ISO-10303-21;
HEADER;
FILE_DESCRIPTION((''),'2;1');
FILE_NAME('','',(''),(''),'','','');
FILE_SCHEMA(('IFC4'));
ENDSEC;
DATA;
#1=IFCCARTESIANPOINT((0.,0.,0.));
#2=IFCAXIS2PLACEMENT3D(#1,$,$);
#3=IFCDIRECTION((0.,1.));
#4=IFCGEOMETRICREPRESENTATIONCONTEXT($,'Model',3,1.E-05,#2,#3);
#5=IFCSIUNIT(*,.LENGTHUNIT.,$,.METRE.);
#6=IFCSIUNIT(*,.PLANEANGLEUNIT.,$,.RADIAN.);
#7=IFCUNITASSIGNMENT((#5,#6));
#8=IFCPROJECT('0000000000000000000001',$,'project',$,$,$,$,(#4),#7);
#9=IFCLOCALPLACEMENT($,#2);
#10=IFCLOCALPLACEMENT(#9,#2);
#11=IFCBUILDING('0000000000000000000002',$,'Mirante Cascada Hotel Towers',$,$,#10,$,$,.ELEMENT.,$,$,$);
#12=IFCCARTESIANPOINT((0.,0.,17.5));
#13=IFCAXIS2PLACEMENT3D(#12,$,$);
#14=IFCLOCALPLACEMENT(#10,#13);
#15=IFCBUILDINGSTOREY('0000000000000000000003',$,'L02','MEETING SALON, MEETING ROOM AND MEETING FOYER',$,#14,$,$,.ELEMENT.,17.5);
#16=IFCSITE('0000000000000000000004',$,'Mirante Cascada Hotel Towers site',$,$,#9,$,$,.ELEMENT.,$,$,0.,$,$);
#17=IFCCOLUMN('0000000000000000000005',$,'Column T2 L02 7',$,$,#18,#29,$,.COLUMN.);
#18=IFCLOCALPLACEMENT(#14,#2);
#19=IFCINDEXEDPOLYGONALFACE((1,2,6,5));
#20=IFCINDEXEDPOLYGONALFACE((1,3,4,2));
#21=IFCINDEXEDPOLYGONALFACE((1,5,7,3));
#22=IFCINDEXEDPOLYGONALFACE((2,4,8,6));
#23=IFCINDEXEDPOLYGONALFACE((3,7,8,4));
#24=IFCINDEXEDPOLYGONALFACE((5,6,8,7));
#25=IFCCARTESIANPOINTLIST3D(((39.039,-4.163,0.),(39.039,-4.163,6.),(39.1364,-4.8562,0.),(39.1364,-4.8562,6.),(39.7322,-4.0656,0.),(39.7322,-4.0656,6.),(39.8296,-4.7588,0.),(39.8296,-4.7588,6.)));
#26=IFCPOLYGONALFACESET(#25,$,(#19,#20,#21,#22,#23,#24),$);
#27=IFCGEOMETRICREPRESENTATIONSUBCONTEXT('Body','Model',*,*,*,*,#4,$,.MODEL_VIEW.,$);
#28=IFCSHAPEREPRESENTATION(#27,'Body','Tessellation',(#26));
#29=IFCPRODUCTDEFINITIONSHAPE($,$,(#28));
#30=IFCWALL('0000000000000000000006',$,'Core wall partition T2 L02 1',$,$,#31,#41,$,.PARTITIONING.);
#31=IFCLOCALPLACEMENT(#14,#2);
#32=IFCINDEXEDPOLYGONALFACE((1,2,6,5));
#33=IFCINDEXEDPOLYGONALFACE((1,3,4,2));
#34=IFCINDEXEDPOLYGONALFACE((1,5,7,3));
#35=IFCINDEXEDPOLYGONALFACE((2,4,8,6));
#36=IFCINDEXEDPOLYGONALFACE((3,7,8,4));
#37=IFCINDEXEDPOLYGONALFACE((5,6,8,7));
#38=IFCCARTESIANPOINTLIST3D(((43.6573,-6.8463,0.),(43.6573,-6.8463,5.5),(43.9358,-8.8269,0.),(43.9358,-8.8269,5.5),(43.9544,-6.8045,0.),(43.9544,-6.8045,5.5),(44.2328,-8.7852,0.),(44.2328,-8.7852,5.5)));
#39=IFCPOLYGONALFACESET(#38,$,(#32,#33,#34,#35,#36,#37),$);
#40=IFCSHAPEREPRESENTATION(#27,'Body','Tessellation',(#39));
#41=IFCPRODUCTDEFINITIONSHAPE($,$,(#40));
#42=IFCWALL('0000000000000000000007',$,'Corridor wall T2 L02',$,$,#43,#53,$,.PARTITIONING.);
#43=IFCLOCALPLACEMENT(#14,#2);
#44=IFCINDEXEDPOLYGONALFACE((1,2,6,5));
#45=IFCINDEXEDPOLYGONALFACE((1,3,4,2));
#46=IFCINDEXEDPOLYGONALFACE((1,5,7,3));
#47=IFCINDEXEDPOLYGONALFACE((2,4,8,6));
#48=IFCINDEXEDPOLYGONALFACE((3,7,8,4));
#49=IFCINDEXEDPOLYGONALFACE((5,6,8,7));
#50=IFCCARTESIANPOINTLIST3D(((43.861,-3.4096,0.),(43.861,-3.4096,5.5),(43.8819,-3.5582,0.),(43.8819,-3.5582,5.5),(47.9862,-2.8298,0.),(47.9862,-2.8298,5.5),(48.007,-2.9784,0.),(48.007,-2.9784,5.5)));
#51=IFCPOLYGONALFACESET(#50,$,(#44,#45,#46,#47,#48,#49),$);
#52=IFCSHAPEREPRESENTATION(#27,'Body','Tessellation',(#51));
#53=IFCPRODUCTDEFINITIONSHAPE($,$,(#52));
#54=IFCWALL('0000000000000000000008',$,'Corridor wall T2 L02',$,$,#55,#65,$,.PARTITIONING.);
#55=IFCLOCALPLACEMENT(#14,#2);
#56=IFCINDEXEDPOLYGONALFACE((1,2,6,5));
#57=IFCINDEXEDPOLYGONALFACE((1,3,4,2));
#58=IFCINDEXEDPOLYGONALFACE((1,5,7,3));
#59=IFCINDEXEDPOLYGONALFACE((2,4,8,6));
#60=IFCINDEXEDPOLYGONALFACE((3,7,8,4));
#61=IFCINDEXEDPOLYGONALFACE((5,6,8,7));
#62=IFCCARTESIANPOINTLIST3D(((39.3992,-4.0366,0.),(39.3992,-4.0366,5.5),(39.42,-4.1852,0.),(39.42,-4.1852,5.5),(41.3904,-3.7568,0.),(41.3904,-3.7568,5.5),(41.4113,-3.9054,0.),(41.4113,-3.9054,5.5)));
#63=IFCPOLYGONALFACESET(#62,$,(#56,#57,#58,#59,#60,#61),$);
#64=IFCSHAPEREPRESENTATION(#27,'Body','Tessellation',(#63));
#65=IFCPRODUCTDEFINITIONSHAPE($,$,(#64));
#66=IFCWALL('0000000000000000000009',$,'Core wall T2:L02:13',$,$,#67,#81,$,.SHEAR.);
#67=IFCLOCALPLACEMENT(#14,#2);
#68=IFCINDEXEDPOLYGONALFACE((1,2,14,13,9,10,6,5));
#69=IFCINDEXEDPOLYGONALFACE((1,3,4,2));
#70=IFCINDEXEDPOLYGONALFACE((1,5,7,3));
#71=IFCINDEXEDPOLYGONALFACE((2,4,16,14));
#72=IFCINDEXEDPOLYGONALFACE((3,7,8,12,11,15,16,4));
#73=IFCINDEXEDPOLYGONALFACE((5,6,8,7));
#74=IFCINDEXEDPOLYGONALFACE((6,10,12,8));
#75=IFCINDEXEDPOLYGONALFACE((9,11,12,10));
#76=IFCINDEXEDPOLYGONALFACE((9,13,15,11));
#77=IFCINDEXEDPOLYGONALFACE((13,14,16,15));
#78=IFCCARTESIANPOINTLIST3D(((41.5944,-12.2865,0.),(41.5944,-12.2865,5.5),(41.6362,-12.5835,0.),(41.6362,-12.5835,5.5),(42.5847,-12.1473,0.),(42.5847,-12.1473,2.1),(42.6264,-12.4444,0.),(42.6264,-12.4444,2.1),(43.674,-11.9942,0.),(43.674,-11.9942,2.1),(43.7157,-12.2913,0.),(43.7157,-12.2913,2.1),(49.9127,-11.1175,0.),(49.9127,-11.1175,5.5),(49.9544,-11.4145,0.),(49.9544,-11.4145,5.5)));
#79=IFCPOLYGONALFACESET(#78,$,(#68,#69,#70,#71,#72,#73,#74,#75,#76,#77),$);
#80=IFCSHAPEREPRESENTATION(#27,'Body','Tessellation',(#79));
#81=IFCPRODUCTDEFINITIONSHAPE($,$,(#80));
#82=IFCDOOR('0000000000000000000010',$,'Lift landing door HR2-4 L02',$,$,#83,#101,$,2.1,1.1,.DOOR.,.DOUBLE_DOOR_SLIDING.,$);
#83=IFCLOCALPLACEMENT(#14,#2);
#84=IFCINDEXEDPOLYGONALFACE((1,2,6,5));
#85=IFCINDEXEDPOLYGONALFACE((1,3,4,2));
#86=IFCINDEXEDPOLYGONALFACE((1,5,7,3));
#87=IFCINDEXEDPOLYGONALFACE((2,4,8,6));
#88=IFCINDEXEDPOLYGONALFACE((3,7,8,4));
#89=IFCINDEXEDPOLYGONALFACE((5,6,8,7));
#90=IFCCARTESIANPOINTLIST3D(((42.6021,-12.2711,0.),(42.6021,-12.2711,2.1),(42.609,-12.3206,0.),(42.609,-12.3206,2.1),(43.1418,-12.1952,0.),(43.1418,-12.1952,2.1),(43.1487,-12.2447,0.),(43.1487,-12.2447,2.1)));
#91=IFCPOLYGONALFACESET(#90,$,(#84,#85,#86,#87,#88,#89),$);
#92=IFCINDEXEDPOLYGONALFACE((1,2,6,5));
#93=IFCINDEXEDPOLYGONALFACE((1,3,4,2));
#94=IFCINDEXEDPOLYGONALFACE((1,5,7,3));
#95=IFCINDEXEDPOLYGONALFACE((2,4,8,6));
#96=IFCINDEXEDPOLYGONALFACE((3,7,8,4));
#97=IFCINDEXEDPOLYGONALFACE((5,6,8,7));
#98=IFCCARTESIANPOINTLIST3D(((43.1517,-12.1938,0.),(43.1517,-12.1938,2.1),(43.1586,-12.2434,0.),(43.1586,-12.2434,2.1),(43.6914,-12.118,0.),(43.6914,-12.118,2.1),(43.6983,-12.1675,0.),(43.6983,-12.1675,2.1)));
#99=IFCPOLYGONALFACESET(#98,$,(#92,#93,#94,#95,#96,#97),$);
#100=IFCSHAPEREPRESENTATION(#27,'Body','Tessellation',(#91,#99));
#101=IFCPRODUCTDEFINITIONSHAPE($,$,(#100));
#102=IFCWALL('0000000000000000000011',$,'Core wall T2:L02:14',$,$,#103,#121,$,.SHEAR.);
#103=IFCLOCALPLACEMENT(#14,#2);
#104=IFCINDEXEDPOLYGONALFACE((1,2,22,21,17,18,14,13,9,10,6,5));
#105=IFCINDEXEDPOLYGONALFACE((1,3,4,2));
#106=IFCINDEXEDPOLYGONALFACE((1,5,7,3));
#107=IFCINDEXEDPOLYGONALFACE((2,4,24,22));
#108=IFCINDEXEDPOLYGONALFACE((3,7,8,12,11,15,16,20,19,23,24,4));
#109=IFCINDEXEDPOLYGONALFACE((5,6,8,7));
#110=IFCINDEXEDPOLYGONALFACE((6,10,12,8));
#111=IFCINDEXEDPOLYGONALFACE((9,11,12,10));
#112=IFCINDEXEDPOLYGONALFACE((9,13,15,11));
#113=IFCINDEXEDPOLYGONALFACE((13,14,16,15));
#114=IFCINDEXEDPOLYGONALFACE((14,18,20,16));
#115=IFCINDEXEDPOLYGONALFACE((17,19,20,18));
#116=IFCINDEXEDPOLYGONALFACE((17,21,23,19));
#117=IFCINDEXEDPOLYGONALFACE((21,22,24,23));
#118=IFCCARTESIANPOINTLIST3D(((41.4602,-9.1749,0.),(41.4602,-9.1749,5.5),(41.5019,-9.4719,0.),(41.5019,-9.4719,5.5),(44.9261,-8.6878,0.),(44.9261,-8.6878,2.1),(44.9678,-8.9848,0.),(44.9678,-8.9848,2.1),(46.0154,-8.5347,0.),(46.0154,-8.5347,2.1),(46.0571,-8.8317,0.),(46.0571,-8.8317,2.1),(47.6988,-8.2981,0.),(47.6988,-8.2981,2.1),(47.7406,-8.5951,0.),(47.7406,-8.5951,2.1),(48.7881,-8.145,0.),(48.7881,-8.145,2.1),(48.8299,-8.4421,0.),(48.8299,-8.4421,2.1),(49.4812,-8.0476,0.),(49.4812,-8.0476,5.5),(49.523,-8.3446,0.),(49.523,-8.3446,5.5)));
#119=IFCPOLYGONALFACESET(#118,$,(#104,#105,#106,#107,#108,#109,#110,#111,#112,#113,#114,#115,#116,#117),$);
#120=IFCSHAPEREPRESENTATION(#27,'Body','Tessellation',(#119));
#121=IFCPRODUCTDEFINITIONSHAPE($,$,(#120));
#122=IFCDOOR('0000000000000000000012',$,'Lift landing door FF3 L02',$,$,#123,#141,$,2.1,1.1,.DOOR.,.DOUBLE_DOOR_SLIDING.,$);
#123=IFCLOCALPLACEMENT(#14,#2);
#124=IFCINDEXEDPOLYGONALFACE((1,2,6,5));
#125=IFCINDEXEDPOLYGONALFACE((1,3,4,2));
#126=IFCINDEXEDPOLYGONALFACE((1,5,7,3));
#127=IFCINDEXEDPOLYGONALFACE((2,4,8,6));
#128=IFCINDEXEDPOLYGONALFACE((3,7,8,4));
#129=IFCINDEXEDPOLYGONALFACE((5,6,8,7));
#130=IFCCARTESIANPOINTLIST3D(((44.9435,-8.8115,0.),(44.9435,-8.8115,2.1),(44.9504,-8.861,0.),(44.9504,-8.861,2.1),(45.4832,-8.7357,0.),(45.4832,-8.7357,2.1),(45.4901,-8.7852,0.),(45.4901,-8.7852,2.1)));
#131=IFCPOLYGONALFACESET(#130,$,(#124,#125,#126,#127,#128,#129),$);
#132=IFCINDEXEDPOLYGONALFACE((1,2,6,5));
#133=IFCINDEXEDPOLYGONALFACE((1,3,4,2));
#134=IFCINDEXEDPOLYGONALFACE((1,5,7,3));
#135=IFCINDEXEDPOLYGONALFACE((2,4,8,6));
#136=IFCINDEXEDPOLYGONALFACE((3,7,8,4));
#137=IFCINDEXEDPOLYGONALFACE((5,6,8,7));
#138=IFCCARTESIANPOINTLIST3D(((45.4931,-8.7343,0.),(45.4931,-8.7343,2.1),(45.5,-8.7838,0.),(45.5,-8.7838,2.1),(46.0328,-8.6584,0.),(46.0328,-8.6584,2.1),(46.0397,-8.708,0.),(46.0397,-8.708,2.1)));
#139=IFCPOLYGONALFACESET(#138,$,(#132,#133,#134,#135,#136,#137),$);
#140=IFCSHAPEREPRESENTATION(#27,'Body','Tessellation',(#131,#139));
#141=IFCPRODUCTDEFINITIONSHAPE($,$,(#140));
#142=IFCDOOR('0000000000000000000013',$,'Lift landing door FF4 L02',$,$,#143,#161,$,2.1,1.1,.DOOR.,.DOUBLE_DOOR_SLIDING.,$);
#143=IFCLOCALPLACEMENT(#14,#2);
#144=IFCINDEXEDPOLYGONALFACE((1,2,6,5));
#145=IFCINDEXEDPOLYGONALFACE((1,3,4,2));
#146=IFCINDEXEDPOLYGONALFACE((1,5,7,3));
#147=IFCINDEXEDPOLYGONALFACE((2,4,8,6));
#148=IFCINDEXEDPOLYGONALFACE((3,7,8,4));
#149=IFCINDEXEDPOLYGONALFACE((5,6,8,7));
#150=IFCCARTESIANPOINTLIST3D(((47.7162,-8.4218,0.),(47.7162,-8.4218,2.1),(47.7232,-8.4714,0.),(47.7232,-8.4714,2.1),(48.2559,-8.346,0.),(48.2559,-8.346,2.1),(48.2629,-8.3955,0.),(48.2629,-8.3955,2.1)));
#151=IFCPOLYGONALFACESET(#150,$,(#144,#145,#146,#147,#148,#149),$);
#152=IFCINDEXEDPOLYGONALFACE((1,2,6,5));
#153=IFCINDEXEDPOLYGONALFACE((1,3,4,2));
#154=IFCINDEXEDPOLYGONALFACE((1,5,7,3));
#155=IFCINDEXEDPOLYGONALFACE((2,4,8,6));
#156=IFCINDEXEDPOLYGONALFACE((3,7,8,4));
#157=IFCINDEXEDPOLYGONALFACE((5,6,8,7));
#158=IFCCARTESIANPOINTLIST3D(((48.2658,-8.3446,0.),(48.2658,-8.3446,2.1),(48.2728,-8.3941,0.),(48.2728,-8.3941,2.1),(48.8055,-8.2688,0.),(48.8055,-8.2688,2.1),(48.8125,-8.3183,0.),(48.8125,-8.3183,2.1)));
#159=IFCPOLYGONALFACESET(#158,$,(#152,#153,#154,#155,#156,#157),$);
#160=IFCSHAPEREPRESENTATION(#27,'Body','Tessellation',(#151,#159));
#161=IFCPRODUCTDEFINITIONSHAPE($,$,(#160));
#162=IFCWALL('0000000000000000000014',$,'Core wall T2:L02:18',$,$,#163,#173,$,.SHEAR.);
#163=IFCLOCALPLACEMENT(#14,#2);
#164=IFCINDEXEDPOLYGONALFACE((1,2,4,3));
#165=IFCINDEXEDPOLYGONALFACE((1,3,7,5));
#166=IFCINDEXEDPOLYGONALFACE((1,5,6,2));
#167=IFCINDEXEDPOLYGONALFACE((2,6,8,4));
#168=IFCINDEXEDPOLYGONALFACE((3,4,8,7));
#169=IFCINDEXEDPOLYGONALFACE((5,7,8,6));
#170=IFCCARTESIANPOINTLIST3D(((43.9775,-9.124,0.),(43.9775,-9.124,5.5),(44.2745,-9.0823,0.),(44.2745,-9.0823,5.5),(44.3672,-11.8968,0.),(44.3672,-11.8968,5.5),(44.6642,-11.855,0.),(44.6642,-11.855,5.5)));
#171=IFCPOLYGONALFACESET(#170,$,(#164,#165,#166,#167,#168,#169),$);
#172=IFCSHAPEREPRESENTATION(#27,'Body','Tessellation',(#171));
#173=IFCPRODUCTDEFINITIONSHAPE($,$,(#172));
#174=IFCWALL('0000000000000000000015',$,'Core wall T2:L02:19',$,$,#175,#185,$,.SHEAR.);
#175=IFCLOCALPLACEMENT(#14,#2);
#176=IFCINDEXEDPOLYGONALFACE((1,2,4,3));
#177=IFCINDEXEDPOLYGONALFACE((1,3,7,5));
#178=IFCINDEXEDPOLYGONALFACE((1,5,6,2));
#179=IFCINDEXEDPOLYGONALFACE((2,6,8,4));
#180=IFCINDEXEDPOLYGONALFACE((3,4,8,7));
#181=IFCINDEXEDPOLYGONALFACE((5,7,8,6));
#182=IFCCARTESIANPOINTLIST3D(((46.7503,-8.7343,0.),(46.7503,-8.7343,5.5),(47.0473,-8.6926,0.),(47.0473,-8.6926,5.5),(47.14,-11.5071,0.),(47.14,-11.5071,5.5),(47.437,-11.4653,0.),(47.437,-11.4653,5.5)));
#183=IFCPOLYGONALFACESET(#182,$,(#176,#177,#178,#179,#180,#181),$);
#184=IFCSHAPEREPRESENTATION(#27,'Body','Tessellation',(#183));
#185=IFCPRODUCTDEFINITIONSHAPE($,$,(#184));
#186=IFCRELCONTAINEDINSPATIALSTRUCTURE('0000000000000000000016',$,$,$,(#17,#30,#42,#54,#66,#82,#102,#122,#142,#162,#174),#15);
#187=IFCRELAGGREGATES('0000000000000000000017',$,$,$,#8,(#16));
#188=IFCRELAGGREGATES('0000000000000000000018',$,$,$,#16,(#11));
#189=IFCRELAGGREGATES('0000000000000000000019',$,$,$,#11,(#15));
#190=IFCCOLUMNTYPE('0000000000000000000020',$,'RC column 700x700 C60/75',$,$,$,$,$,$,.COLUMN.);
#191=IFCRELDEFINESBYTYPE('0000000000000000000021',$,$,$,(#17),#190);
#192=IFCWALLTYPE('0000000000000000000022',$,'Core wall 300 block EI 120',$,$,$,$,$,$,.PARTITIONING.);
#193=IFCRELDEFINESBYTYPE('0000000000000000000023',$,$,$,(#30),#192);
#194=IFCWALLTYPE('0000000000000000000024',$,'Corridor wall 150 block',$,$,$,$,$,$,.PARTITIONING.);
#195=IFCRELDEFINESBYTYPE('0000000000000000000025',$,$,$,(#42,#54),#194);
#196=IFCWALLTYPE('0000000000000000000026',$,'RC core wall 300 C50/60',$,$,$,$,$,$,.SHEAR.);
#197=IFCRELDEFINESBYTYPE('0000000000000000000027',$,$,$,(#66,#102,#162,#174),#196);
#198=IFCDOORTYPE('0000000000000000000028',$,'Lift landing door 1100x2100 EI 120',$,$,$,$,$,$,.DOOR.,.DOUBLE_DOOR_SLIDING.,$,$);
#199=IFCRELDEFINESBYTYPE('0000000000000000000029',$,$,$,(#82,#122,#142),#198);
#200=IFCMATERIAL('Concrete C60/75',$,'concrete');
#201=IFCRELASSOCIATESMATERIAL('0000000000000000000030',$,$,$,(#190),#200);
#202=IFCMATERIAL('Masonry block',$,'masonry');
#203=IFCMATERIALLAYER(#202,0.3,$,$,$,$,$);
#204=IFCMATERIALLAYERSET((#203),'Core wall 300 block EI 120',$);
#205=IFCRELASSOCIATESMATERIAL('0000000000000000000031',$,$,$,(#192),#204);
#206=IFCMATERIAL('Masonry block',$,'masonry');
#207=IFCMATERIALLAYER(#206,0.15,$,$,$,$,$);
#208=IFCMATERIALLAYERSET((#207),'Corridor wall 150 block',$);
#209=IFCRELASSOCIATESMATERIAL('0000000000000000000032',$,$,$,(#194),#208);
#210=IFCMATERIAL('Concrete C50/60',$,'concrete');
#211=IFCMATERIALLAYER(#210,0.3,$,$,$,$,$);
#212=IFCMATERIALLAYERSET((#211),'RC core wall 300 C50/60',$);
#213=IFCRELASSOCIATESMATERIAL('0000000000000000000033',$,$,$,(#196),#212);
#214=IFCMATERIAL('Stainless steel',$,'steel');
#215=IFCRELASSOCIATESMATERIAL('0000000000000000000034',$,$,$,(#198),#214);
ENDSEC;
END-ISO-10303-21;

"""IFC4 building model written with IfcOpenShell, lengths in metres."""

from ifc_helpers import new_model, si_unit, direction, frame, frame_2d, origin, origin_2d, place, context, subcontext, project, spatial, rectangle, extrude, material, layer, layer_set, material_profile, profile_set, type_object, element, fill, save


model = new_model("IFC4")

# Units and contexts
model_context = context("Model", 3, precision=1e-05, world=origin(), true_north=direction((0.0, 1.0)))
body_context = subcontext(model_context, "Body", "Model", "MODEL_VIEW")
ifc_project = project(units=[si_unit("LENGTHUNIT", "METRE"), si_unit("PLANEANGLEUNIT", "RADIAN")], contexts=[model_context])

# Site, building, storey
site_placement = place(None, origin())
site = spatial("IfcSite", under=ifc_project, at=site_placement, Name="Mirante Cascada Hotel Towers site", CompositionType="ELEMENT", RefElevation=0.0)
building_placement = place(site_placement, origin())
building = spatial("IfcBuilding", under=site, at=building_placement, Name="Mirante Cascada Hotel Towers", CompositionType="ELEMENT")
storey_placement = place(building_placement, frame((0.0, 0.0, 17.5)))
storey = spatial("IfcBuildingStorey", under=building, at=storey_placement, Name="L02", Description="MEETING SALON, MEETING ROOM AND MEETING FOYER", CompositionType="ELEMENT", Elevation=17.5)

# Column
ifc_material_1 = material(Name="Concrete C60/75", Category="concrete")
ifc_material_profile = material_profile(ifc_material_1, rectangle(XDim=0.7, YDim=0.7, at=origin_2d()), Name="RC column 700x700 C60/75")
ifc_profile_set = profile_set([ifc_material_profile], Name="Concrete C60/75")
column_type = type_object("IfcColumnType", Name="RC column 700x700 C60/75", PredefinedType="COLUMN", material=ifc_profile_set)
column_placement = place(storey_placement, frame((39.4343, -4.4609, 0.0), z_axis=(0.0, 0.0, 1.0), x_axis=(0.990268, 0.139173, 0.0)))
element("IfcColumn", 1, at=column_placement, inside=storey, type_object=column_type, Name="Column T2 L02 7", PredefinedType="COLUMN", context=body_context, shape_type="SweptSolid", body=[
    extrude(rectangle(XDim=0.7, YDim=0.7, at=origin_2d()), origin(), (0.0, 0.0, 1.0), 6.0),
])

# Walls
ifc_material_2 = material(Name="Masonry block", Category="masonry")
ifc_layer_1 = layer(ifc_material_2, 0.3)
ifc_layer_set_1 = layer_set([ifc_layer_1], Name="Core wall 300 block EI 120")
wall_type_1 = type_object("IfcWallType", Name="Core wall 300 block EI 120", PredefinedType="PARTITIONING", material=ifc_layer_set_1)
wall_1_placement = place(storey_placement, frame((44.0843, -8.8061, 0.0), z_axis=(0.0, 0.0, 1.0), x_axis=(-0.139195, 0.990265, 0.0)))
element("IfcWall", 2, at=wall_1_placement, inside=storey, type_object=wall_type_1, Name="Core wall partition T2 L02 1", PredefinedType="PARTITIONING", context=body_context, shape_type="SweptSolid", body=[
    extrude(rectangle(XDim=2.0001, YDim=0.3, at=frame_2d((1.0001, 0.0))), origin(), (0.0, 0.0, 1.0), 5.5),
])
ifc_material_3 = material(Name="Masonry block", Category="masonry")
ifc_layer_2 = layer(ifc_material_3, 0.15)
ifc_layer_set_2 = layer_set([ifc_layer_2], Name="Corridor wall 150 block")
wall_type_2 = type_object("IfcWallType", Name="Corridor wall 150 block", PredefinedType="PARTITIONING", material=ifc_layer_set_2)
wall_2_placement = place(storey_placement, frame((43.8715, -3.4839, 0.0), z_axis=(0.0, 0.0, 1.0), x_axis=(0.990267, 0.139183, 0.0)))
element("IfcWall", 3, at=wall_2_placement, inside=storey, type_object=wall_type_2, Name="Corridor wall T2 L02", PredefinedType="PARTITIONING", context=body_context, shape_type="SweptSolid", body=[
    extrude(rectangle(XDim=4.1657, YDim=0.15, at=frame_2d((2.0828, 0.0))), origin(), (0.0, 0.0, 1.0), 5.5),
])
wall_3_placement = place(storey_placement, frame((39.4096, -4.1109, 0.0), z_axis=(0.0, 0.0, 1.0), x_axis=(0.990271, 0.139151, 0.0)))
element("IfcWall", 4, at=wall_3_placement, inside=storey, type_object=wall_type_2, Name="Corridor wall T2 L02", PredefinedType="PARTITIONING", context=body_context, shape_type="SweptSolid", body=[
    extrude(rectangle(XDim=2.0108, YDim=0.15, at=frame_2d((1.0054, 0.0))), origin(), (0.0, 0.0, 1.0), 5.5),
])

# Wall, opening, door
ifc_material_4 = material(Name="Concrete C50/60", Category="concrete")
ifc_layer_3 = layer(ifc_material_4, 0.3)
ifc_layer_set_3 = layer_set([ifc_layer_3], Name="RC core wall 300 C50/60")
wall_type_3 = type_object("IfcWallType", Name="RC core wall 300 C50/60", PredefinedType="SHEAR", material=ifc_layer_set_3)
wall_4_placement = place(storey_placement, frame((41.6153, -12.435, 0.0), z_axis=(0.0, 0.0, 1.0), x_axis=(0.990269, 0.139166, 0.0)))
wall_4 = element("IfcWall", 5, at=wall_4_placement, inside=storey, type_object=wall_type_3, Name="Core wall T2:L02:13", PredefinedType="SHEAR", context=body_context, shape_type="SweptSolid", body=[
    extrude(rectangle(XDim=8.4, YDim=0.3, at=frame_2d((4.2, 0.0))), origin(), (0.0, 0.0, 1.0), 5.5),
])
opening_1_placement = place(wall_4_placement, frame((1.0, 0.0, 0.0)))
opening_1 = element("IfcOpeningElement", 6, at=opening_1_placement, cuts=wall_4, PredefinedType="OPENING", context=body_context, shape_type="SweptSolid", body=[
    extrude(rectangle(XDim=1.1, YDim=2.1, at=frame_2d((0.55, 1.05))), frame((0.0, 0.15, 0.0), z_axis=(0.0, -1.0, 0.0), x_axis=(1.0, 0.0, 0.0)), (0.0, 0.0, 1.0), 0.3),
])
ifc_material_5 = material(Name="Stainless steel", Category="steel")
door_type = type_object("IfcDoorType", Name="Lift landing door 1100x2100 EI 120", OperationType="DOUBLE_DOOR_SLIDING", PredefinedType="DOOR", material=ifc_material_5)
door_1_placement = place(opening_1_placement, origin())
door_1 = element("IfcDoor", 7, at=door_1_placement, inside=storey, type_object=door_type, Name="Lift landing door HR2-4 L02", OperationType="DOUBLE_DOOR_SLIDING", OverallHeight=2.1, OverallWidth=1.1, PredefinedType="DOOR", context=body_context, shape_type="SweptSolid", body=[
    extrude(rectangle(XDim=0.545, YDim=2.1, at=frame_2d((0.2725, 1.05))), frame((0.0, 0.025, 0.0), z_axis=(0.0, -1.0, 0.0), x_axis=(1.0, 0.0, 0.0)), (0.0, 0.0, 1.0), 0.05),
    extrude(rectangle(XDim=0.545, YDim=2.1, at=frame_2d((0.8275, 1.05))), frame((0.0, 0.025, 0.0), z_axis=(0.0, -1.0, 0.0), x_axis=(1.0, 0.0, 0.0)), (0.0, 0.0, 1.0), 0.05),
])
fill(opening_1, door_1)

# Wall, openings, doors
wall_5_placement = place(storey_placement, frame((41.481, -9.3234, 0.0), z_axis=(0.0, 0.0, 1.0), x_axis=(0.990268, 0.139174, 0.0)))
wall_5 = element("IfcWall", 8, at=wall_5_placement, inside=storey, type_object=wall_type_3, Name="Core wall T2:L02:14", PredefinedType="SHEAR", context=body_context, shape_type="SweptSolid", body=[
    extrude(rectangle(XDim=8.0999, YDim=0.3, at=frame_2d((4.05, 0.0))), origin(), (0.0, 0.0, 1.0), 5.5),
])
opening_2_placement = place(wall_5_placement, frame((3.5, 0.0, 0.0)))
opening_2 = element("IfcOpeningElement", 9, at=opening_2_placement, cuts=wall_5, PredefinedType="OPENING", context=body_context, shape_type="SweptSolid", body=[
    extrude(rectangle(XDim=1.1, YDim=2.1, at=frame_2d((0.55, 1.05))), frame((0.0, 0.15, 0.0), z_axis=(0.0, -1.0, 0.0), x_axis=(1.0, 0.0, 0.0)), (0.0, 0.0, 1.0), 0.3),
])
opening_3_placement = place(wall_5_placement, frame((6.3, 0.0, 0.0)))
opening_3 = element("IfcOpeningElement", 10, at=opening_3_placement, cuts=wall_5, PredefinedType="OPENING", context=body_context, shape_type="SweptSolid", body=[
    extrude(rectangle(XDim=1.1, YDim=2.1, at=frame_2d((0.55, 1.05))), frame((0.0, 0.15, 0.0), z_axis=(0.0, -1.0, 0.0), x_axis=(1.0, 0.0, 0.0)), (0.0, 0.0, 1.0), 0.3),
])
door_2_placement = place(opening_2_placement, origin())
door_2 = element("IfcDoor", 11, at=door_2_placement, inside=storey, type_object=door_type, Name="Lift landing door FF3 L02", OperationType="DOUBLE_DOOR_SLIDING", OverallHeight=2.1, OverallWidth=1.1, PredefinedType="DOOR", context=body_context, shape_type="SweptSolid", body=[
    extrude(rectangle(XDim=0.545, YDim=2.1, at=frame_2d((0.2725, 1.05))), frame((0.0, 0.025, 0.0), z_axis=(0.0, -1.0, 0.0), x_axis=(1.0, 0.0, 0.0)), (0.0, 0.0, 1.0), 0.05),
    extrude(rectangle(XDim=0.545, YDim=2.1, at=frame_2d((0.8275, 1.05))), frame((0.0, 0.025, 0.0), z_axis=(0.0, -1.0, 0.0), x_axis=(1.0, 0.0, 0.0)), (0.0, 0.0, 1.0), 0.05),
])
fill(opening_2, door_2)
door_3_placement = place(opening_3_placement, origin())
door_3 = element("IfcDoor", 12, at=door_3_placement, inside=storey, type_object=door_type, Name="Lift landing door FF4 L02", OperationType="DOUBLE_DOOR_SLIDING", OverallHeight=2.1, OverallWidth=1.1, PredefinedType="DOOR", context=body_context, shape_type="SweptSolid", body=[
    extrude(rectangle(XDim=0.545, YDim=2.1, at=frame_2d((0.2725, 1.05))), frame((0.0, 0.025, 0.0), z_axis=(0.0, -1.0, 0.0), x_axis=(1.0, 0.0, 0.0)), (0.0, 0.0, 1.0), 0.05),
    extrude(rectangle(XDim=0.545, YDim=2.1, at=frame_2d((0.8275, 1.05))), frame((0.0, 0.025, 0.0), z_axis=(0.0, -1.0, 0.0), x_axis=(1.0, 0.0, 0.0)), (0.0, 0.0, 1.0), 0.05),
])
fill(opening_3, door_3)

# Walls
for number, where, z_axis, x_axis, name in (
    (13, (44.5157, -11.8759, 0.0), (0.0, 0.0, 1.0), (-0.139181, 0.990267, 0.0), "Core wall T2:L02:18"),
    (14, (47.2885, -11.4862, 0.0), (0.0, 0.0, 1.0), (-0.139181, 0.990267, 0.0), "Core wall T2:L02:19"),
):
    element("IfcWall", number, at=place(storey_placement, frame(where, z_axis=z_axis, x_axis=x_axis)), inside=storey, type_object=wall_type_3, Name=name, PredefinedType="SHEAR", context=body_context, shape_type="SweptSolid", body=[
        extrude(rectangle(XDim=2.8, YDim=0.3, at=frame_2d((1.4, 0.0))), origin(), (0.0, 0.0, 1.0), 5.5),
    ])

save(model, "model.ifc")
